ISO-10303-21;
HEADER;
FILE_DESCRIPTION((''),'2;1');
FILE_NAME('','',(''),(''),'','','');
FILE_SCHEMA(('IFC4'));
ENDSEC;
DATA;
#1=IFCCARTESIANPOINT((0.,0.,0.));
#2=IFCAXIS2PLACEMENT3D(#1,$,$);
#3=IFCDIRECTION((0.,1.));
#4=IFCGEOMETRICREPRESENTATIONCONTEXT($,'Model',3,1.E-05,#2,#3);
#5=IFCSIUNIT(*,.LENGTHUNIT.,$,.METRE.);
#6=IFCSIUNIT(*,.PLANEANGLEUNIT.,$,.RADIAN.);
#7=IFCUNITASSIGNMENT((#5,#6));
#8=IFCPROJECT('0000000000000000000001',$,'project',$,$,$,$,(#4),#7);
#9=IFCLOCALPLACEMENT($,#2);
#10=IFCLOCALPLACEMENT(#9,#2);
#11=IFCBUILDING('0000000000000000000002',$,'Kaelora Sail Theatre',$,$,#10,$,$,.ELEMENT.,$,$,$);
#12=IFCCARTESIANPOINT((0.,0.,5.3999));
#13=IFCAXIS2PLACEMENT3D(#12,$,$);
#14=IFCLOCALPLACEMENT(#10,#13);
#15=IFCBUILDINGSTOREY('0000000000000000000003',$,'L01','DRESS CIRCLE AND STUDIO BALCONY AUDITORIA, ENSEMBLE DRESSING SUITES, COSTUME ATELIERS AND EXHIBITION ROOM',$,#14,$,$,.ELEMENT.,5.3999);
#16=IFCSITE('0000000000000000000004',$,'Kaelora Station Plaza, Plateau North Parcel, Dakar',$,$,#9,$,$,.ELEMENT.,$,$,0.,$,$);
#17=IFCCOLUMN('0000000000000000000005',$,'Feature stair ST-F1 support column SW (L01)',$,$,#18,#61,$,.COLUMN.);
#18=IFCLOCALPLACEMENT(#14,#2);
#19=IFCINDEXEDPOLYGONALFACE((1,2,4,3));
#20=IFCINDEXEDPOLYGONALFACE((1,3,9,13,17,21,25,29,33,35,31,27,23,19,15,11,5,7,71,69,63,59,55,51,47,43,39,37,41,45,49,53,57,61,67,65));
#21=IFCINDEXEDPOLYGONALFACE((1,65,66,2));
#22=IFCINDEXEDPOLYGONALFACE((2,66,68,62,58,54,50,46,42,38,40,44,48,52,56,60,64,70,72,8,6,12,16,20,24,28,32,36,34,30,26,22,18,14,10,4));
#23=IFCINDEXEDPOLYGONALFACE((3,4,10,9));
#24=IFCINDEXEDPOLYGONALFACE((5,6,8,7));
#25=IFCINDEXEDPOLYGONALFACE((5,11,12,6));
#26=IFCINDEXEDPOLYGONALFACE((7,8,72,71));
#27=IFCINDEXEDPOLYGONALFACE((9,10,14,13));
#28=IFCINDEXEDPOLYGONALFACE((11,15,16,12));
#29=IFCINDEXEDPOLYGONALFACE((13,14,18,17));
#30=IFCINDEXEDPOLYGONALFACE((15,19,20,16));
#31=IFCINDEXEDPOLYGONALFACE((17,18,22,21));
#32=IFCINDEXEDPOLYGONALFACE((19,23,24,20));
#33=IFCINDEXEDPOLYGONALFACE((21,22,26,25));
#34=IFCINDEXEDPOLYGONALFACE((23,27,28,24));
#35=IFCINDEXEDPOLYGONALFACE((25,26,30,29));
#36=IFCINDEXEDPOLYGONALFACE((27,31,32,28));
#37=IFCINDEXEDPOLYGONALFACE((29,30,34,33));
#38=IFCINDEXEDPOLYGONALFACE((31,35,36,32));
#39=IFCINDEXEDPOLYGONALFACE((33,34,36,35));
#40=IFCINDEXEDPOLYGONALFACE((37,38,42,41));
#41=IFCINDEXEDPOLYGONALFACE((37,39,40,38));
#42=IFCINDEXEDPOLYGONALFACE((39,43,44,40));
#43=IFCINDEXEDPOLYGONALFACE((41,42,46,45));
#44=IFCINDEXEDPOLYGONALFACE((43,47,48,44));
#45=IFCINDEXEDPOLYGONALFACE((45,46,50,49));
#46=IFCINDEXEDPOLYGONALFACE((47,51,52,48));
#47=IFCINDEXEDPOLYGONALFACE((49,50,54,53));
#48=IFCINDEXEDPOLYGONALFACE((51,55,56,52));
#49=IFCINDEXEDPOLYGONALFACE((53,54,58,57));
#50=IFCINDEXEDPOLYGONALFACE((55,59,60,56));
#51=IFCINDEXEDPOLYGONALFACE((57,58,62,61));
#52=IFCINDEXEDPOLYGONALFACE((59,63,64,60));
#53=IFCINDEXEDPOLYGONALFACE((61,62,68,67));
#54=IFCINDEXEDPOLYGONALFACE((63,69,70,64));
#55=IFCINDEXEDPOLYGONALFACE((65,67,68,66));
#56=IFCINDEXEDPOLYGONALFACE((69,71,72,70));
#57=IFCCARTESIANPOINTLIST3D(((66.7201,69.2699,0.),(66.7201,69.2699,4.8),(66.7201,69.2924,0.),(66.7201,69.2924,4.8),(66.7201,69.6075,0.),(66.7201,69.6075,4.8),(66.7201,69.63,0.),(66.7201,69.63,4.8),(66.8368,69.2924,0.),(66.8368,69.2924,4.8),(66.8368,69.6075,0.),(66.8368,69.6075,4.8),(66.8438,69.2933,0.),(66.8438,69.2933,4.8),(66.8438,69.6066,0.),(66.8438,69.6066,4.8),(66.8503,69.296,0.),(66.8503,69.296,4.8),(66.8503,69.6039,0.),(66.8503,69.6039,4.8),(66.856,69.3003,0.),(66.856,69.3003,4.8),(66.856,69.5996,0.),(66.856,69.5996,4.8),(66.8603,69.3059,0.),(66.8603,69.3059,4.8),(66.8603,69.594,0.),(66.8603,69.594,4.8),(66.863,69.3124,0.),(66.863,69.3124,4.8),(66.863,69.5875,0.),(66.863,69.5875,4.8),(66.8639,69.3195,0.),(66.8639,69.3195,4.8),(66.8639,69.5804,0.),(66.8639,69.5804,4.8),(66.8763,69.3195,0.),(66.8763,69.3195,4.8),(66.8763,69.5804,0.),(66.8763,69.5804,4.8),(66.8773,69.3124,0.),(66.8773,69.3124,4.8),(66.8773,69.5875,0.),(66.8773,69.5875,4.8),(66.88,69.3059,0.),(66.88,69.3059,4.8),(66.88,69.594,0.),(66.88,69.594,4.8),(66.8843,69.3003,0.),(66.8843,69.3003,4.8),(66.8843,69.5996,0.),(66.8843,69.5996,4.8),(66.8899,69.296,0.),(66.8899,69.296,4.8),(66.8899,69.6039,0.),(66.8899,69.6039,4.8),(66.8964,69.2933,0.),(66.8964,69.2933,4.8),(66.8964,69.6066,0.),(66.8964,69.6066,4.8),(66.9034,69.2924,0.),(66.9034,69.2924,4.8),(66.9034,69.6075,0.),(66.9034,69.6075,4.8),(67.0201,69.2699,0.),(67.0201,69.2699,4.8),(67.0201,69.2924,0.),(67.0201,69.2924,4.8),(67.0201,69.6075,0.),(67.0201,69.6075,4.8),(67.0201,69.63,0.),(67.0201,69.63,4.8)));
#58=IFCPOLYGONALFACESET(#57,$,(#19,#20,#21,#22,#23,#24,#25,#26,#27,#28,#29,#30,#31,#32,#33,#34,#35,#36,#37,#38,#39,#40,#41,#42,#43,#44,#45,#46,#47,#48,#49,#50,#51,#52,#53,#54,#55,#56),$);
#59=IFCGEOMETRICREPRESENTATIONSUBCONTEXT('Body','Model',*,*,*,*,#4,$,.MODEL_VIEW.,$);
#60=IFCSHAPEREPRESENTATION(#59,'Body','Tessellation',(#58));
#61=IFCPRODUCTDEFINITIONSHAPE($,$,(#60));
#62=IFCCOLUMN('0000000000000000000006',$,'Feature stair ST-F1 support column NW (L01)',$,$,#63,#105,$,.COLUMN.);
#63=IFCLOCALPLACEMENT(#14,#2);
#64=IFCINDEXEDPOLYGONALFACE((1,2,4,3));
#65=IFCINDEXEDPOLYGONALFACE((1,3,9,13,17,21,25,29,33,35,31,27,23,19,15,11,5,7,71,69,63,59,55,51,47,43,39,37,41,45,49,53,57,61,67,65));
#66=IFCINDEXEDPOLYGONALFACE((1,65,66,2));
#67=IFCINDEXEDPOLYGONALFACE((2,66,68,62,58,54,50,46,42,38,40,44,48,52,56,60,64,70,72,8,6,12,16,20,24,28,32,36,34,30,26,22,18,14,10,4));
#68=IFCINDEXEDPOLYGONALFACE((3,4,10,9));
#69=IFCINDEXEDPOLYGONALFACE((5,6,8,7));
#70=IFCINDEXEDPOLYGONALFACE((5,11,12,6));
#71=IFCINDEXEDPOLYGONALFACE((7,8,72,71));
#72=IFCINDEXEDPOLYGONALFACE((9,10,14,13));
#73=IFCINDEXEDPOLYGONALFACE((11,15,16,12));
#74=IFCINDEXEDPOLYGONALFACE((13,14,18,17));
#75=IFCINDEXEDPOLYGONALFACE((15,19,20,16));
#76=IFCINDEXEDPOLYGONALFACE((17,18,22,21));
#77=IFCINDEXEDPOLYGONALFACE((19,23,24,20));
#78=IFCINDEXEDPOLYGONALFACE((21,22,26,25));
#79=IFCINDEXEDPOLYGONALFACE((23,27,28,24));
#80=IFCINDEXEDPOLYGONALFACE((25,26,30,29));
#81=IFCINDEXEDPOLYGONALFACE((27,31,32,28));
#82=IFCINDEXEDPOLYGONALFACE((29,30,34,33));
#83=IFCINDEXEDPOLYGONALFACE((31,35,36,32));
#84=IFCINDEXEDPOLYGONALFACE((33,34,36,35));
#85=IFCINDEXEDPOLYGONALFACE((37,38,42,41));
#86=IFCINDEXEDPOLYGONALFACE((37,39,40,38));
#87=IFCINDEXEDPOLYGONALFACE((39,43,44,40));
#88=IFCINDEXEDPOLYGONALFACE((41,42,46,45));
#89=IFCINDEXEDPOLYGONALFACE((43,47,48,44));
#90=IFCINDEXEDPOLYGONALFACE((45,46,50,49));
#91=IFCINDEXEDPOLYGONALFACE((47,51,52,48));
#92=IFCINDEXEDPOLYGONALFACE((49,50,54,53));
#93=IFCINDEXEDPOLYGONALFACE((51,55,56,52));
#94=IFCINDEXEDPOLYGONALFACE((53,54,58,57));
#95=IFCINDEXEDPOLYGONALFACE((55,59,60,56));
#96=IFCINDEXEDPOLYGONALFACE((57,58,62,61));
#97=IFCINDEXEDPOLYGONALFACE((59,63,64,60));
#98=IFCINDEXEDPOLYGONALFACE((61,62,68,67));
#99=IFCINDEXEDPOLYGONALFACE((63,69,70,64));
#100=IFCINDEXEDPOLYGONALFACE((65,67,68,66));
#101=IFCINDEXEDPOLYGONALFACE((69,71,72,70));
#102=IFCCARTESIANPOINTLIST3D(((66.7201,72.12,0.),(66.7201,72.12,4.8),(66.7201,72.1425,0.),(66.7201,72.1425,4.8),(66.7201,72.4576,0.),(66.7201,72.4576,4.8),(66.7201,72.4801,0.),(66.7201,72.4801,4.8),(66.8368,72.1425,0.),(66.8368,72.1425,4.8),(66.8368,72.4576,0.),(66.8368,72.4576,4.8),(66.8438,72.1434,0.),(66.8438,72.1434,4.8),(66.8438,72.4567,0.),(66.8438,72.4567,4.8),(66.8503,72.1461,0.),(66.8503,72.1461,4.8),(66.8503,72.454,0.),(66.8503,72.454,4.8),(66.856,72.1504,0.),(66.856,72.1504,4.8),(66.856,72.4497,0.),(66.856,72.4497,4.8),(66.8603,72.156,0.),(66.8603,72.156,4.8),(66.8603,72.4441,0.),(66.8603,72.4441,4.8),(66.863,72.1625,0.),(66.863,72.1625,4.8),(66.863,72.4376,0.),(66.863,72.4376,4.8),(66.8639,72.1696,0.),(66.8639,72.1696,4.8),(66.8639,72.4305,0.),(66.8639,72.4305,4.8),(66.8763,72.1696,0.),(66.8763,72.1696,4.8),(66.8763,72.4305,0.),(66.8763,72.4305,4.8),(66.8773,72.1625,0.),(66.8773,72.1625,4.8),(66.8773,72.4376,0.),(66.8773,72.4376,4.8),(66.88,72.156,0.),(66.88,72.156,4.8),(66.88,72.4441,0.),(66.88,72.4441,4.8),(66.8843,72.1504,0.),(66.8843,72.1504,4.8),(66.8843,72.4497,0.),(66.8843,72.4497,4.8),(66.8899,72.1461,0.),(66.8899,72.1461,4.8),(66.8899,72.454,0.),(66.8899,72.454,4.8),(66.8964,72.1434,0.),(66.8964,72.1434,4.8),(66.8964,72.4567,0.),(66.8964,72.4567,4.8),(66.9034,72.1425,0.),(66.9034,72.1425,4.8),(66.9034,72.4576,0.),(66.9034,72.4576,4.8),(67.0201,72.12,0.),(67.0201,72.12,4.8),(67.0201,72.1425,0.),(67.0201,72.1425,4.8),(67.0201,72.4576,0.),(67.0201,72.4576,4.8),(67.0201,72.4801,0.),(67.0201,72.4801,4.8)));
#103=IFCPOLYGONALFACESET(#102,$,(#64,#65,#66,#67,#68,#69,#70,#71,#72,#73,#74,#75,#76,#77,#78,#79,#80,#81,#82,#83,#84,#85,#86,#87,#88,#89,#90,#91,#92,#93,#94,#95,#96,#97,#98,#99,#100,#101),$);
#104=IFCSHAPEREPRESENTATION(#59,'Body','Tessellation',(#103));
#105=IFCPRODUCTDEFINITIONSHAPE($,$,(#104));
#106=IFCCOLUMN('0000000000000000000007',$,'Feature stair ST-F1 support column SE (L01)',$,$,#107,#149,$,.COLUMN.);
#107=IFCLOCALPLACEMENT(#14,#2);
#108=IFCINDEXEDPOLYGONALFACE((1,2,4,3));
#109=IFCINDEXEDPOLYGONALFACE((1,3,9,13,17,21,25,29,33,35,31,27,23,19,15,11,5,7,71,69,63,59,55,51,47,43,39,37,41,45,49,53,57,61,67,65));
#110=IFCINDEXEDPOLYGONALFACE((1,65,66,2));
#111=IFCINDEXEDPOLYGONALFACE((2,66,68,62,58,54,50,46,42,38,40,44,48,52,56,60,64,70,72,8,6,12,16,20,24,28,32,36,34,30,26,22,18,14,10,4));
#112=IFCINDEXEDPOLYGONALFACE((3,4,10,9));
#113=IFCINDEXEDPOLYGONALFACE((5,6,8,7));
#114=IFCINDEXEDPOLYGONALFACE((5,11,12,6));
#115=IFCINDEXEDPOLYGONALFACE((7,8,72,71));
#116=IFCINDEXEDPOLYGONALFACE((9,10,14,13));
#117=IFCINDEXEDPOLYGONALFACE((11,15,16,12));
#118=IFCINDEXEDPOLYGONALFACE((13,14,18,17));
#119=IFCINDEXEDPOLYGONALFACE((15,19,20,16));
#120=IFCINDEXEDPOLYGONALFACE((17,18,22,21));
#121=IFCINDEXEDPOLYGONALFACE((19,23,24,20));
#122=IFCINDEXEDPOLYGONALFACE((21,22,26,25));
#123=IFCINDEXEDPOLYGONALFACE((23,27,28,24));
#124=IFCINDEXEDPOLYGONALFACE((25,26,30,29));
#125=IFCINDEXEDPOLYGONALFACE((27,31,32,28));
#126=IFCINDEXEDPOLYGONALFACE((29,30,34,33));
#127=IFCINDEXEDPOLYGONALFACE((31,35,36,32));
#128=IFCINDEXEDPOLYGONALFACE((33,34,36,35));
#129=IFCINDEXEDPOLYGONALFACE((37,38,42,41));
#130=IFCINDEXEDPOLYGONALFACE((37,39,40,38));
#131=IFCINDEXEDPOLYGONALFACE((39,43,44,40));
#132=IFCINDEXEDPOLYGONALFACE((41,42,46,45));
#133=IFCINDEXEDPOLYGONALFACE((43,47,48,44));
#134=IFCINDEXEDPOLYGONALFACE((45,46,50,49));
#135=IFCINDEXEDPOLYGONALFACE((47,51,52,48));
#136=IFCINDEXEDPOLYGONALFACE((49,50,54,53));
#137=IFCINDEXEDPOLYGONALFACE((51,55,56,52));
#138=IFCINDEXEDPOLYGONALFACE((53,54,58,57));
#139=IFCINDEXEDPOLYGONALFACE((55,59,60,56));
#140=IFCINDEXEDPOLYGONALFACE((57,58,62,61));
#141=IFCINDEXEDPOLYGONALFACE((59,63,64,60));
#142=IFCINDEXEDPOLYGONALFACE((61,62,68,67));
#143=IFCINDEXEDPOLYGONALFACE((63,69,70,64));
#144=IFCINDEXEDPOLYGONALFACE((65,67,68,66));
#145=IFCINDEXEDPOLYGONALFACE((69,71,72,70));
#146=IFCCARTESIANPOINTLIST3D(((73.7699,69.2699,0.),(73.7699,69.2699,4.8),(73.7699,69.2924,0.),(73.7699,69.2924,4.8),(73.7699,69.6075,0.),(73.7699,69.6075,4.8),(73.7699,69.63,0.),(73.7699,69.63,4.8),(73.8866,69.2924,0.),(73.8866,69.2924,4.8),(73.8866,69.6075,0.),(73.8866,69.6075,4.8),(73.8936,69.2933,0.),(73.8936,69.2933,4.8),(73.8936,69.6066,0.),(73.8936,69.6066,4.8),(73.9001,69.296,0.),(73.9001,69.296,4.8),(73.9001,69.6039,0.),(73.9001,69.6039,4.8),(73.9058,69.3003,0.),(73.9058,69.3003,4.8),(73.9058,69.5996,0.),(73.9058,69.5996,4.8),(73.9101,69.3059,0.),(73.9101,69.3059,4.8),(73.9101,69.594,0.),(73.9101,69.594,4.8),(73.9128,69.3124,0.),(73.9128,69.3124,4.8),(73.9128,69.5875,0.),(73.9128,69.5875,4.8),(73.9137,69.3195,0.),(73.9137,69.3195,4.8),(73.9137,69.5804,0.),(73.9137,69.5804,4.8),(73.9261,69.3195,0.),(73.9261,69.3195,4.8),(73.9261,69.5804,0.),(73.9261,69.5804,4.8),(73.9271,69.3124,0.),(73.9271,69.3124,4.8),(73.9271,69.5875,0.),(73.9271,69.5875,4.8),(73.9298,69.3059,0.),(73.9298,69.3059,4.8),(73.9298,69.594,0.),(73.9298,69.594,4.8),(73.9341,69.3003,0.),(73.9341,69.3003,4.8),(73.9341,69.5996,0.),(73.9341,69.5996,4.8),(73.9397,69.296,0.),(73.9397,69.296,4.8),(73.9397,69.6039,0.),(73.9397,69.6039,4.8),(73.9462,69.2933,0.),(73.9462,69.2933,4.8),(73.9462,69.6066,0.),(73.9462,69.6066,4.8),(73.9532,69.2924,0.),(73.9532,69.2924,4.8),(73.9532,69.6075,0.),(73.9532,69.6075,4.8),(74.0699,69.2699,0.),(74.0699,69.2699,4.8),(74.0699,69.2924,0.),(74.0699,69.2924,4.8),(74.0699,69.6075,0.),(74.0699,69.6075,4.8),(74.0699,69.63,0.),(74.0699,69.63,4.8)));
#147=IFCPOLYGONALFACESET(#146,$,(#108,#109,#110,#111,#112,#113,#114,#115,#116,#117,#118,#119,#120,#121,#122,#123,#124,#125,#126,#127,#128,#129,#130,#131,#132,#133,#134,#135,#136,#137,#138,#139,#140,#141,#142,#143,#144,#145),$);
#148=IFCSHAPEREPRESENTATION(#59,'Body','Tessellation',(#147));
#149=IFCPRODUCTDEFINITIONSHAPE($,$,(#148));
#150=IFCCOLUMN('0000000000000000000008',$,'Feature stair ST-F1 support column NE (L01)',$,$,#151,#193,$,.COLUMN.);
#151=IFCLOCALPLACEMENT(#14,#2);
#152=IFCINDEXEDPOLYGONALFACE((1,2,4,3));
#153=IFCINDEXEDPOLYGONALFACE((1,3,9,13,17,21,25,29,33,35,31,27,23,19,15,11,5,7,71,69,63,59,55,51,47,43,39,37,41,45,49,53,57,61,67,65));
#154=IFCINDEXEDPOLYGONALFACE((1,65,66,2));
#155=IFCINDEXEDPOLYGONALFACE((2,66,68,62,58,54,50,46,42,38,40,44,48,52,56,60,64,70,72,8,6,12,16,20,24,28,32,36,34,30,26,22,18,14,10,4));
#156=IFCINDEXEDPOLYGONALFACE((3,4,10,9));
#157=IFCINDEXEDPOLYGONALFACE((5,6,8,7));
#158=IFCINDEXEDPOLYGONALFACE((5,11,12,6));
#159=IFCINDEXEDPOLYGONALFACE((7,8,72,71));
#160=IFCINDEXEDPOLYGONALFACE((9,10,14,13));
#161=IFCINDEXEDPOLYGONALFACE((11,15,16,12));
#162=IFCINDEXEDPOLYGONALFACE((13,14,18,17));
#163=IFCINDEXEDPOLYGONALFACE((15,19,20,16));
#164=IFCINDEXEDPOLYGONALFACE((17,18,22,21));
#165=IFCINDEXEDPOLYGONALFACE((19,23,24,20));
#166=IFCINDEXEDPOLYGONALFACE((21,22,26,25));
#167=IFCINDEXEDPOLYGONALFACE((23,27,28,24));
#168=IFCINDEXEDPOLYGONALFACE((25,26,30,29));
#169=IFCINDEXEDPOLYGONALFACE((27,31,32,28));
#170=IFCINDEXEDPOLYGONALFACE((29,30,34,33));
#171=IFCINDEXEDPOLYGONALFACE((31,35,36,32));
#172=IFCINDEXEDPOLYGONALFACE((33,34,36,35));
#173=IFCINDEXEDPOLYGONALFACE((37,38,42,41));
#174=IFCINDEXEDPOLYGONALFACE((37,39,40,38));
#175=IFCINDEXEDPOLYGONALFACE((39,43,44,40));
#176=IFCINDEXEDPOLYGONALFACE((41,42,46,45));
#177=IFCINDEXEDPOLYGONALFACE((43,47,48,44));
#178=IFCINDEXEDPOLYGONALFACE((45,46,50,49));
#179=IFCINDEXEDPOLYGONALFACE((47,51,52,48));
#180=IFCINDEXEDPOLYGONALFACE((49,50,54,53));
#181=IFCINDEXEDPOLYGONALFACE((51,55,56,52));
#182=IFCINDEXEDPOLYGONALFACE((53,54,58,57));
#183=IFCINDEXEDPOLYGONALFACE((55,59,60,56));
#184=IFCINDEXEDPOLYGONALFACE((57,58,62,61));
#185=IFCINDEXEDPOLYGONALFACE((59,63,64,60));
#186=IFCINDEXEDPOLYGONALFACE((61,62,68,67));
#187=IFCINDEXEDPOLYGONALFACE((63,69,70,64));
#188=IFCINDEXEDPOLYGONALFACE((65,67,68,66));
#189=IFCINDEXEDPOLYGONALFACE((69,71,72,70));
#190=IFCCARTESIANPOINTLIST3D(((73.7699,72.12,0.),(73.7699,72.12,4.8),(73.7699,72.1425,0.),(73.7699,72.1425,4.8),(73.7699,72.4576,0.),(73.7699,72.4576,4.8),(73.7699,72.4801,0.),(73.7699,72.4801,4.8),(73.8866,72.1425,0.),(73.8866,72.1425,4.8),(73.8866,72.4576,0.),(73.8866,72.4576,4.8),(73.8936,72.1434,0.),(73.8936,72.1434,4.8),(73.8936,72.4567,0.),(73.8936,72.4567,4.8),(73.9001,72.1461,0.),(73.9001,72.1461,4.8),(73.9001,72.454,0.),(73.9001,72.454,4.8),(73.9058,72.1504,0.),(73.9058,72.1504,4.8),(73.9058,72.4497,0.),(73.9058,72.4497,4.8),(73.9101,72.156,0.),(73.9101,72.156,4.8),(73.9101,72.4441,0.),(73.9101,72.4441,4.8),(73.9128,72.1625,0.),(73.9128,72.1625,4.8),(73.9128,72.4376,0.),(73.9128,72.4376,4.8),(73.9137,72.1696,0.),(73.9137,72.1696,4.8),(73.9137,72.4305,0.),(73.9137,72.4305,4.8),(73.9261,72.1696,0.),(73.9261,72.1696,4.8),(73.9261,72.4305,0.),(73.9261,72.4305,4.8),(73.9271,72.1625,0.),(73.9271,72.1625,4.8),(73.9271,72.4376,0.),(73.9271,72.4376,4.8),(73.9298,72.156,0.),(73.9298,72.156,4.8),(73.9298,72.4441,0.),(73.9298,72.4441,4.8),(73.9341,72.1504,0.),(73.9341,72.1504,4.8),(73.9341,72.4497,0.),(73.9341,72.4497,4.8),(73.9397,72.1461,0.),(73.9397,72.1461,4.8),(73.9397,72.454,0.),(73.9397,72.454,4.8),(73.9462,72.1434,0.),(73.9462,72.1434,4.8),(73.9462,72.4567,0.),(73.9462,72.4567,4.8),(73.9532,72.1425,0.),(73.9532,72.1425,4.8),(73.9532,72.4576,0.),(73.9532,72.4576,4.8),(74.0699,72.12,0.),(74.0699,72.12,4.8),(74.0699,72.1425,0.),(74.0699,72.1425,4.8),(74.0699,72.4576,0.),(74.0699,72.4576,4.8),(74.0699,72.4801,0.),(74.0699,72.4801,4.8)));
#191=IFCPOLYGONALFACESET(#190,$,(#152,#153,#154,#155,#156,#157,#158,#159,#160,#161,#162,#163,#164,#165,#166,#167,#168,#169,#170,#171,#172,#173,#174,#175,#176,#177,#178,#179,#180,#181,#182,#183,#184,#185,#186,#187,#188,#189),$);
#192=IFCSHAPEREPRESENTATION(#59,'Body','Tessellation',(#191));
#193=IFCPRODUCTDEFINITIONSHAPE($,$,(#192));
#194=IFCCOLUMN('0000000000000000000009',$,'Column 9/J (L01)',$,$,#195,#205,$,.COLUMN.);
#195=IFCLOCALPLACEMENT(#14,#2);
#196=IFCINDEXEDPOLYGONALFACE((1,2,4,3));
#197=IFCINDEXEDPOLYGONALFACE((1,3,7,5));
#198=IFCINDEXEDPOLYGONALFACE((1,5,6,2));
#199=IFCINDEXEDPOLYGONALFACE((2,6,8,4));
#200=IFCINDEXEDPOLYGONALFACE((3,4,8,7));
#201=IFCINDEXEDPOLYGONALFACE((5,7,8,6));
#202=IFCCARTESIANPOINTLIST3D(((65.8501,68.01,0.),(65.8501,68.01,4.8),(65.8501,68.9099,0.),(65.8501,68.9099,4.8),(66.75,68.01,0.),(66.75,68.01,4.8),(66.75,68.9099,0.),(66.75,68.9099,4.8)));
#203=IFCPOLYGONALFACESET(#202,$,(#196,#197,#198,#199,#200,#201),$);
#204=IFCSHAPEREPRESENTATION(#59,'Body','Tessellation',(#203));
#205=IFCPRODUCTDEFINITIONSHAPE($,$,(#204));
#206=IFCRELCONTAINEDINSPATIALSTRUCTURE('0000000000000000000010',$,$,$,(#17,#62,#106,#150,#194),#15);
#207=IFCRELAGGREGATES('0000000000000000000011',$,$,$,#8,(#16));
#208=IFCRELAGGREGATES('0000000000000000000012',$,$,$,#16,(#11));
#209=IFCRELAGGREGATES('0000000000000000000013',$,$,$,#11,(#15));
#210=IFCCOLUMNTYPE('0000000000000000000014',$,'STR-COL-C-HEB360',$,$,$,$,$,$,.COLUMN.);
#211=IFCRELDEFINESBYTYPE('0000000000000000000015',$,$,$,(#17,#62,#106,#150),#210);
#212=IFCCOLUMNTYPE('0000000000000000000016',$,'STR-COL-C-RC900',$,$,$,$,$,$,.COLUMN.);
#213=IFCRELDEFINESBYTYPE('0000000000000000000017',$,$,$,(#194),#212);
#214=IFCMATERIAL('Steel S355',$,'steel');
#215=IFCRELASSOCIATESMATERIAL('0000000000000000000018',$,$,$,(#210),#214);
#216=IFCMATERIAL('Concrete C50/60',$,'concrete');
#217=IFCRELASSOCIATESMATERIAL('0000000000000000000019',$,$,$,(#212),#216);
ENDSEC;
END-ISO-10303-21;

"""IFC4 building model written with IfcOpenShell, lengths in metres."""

from ifc_helpers import new_model, si_unit, direction, frame, origin, origin_2d, place, context, subcontext, project, spatial, rectangle, i_section, extrude, material, material_profile, profile_set, type_object, element, save


model = new_model("IFC4")

# Units and contexts
model_context = context("Model", 3, precision=1e-05, world=origin(), true_north=direction((0.0, 1.0)))
body_context = subcontext(model_context, "Body", "Model", "MODEL_VIEW")
ifc_project = project(units=[si_unit("LENGTHUNIT", "METRE"), si_unit("PLANEANGLEUNIT", "RADIAN")], contexts=[model_context])

# Site, building, storey
site_placement = place(None, origin())
site = spatial("IfcSite", under=ifc_project, at=site_placement, Name="Kaelora Station Plaza, Plateau North Parcel, Dakar", CompositionType="ELEMENT", RefElevation=0.0)
building_placement = place(site_placement, origin())
building = spatial("IfcBuilding", under=site, at=building_placement, Name="Kaelora Sail Theatre", CompositionType="ELEMENT")
storey_placement = place(building_placement, frame((0.0, 0.0, 5.3999)))
storey = spatial("IfcBuildingStorey", under=building, at=storey_placement, Name="L01", Description="DRESS CIRCLE AND STUDIO BALCONY AUDITORIA, ENSEMBLE DRESSING SUITES, COSTUME ATELIERS AND EXHIBITION ROOM", CompositionType="ELEMENT", Elevation=5.3999)

# Columns
ifc_material_1 = material(Name="Steel S355", Category="steel")
ifc_material_profile_1 = material_profile(ifc_material_1, i_section(OverallWidth=0.3, OverallDepth=0.3601, WebThickness=0.0125, FlangeThickness=0.0225, FilletRadius=0.0271, at=origin_2d()), Name="HEB 360")
ifc_profile_set_1 = profile_set([ifc_material_profile_1], Name="Steel S355")
column_type_1 = type_object("IfcColumnType", Name="STR-COL-C-HEB360", PredefinedType="COLUMN", material=ifc_profile_set_1)
for number, where, z_axis, x_axis, name in (
    (1, (66.8701, 69.45, 0.0), (0.0, 0.0, 1.0), (1.0, 0.0, 0.0), "Feature stair ST-F1 support column SW (L01)"),
    (2, (66.8701, 72.3, 0.0), (0.0, 0.0, 1.0), (1.0, 0.0, 0.0), "Feature stair ST-F1 support column NW (L01)"),
    (3, (73.9199, 69.45, 0.0), (0.0, 0.0, 1.0), (1.0, 0.0, 0.0), "Feature stair ST-F1 support column SE (L01)"),
    (4, (73.9199, 72.3, 0.0), (0.0, 0.0, 1.0), (1.0, 0.0, 0.0), "Feature stair ST-F1 support column NE (L01)"),
):
    element("IfcColumn", number, at=place(storey_placement, frame(where, z_axis=z_axis, x_axis=x_axis)), inside=storey, type_object=column_type_1, Name=name, PredefinedType="COLUMN", context=body_context, shape_type="SweptSolid", body=[
        extrude(i_section(OverallWidth=0.3, OverallDepth=0.3601, WebThickness=0.0125, FlangeThickness=0.0225, FilletRadius=0.0271, at=origin_2d()), origin(), (0.0, 0.0, 1.0), 4.8),
    ])
ifc_material_2 = material(Name="Concrete C50/60", Category="concrete")
ifc_material_profile_2 = material_profile(ifc_material_2, rectangle(XDim=0.8999, YDim=0.8999, at=origin_2d()), Name="RC-COL 900x900")
ifc_profile_set_2 = profile_set([ifc_material_profile_2], Name="Concrete C50/60")
column_type_2 = type_object("IfcColumnType", Name="STR-COL-C-RC900", PredefinedType="COLUMN", material=ifc_profile_set_2)
for number, where, z_axis, x_axis, name in (
    (5, (66.3, 68.46, 0.0), (0.0, 0.0, 1.0), (1.0, 0.0, 0.0), "Column 9/J (L01)"),
):
    element("IfcColumn", number, at=place(storey_placement, frame(where, z_axis=z_axis, x_axis=x_axis)), inside=storey, type_object=column_type_2, Name=name, PredefinedType="COLUMN", context=body_context, shape_type="SweptSolid", body=[
        extrude(rectangle(XDim=0.8999, YDim=0.8999, at=origin_2d()), origin(), (0.0, 0.0, 1.0), 4.8),
    ])

save(model, "model.ifc")
